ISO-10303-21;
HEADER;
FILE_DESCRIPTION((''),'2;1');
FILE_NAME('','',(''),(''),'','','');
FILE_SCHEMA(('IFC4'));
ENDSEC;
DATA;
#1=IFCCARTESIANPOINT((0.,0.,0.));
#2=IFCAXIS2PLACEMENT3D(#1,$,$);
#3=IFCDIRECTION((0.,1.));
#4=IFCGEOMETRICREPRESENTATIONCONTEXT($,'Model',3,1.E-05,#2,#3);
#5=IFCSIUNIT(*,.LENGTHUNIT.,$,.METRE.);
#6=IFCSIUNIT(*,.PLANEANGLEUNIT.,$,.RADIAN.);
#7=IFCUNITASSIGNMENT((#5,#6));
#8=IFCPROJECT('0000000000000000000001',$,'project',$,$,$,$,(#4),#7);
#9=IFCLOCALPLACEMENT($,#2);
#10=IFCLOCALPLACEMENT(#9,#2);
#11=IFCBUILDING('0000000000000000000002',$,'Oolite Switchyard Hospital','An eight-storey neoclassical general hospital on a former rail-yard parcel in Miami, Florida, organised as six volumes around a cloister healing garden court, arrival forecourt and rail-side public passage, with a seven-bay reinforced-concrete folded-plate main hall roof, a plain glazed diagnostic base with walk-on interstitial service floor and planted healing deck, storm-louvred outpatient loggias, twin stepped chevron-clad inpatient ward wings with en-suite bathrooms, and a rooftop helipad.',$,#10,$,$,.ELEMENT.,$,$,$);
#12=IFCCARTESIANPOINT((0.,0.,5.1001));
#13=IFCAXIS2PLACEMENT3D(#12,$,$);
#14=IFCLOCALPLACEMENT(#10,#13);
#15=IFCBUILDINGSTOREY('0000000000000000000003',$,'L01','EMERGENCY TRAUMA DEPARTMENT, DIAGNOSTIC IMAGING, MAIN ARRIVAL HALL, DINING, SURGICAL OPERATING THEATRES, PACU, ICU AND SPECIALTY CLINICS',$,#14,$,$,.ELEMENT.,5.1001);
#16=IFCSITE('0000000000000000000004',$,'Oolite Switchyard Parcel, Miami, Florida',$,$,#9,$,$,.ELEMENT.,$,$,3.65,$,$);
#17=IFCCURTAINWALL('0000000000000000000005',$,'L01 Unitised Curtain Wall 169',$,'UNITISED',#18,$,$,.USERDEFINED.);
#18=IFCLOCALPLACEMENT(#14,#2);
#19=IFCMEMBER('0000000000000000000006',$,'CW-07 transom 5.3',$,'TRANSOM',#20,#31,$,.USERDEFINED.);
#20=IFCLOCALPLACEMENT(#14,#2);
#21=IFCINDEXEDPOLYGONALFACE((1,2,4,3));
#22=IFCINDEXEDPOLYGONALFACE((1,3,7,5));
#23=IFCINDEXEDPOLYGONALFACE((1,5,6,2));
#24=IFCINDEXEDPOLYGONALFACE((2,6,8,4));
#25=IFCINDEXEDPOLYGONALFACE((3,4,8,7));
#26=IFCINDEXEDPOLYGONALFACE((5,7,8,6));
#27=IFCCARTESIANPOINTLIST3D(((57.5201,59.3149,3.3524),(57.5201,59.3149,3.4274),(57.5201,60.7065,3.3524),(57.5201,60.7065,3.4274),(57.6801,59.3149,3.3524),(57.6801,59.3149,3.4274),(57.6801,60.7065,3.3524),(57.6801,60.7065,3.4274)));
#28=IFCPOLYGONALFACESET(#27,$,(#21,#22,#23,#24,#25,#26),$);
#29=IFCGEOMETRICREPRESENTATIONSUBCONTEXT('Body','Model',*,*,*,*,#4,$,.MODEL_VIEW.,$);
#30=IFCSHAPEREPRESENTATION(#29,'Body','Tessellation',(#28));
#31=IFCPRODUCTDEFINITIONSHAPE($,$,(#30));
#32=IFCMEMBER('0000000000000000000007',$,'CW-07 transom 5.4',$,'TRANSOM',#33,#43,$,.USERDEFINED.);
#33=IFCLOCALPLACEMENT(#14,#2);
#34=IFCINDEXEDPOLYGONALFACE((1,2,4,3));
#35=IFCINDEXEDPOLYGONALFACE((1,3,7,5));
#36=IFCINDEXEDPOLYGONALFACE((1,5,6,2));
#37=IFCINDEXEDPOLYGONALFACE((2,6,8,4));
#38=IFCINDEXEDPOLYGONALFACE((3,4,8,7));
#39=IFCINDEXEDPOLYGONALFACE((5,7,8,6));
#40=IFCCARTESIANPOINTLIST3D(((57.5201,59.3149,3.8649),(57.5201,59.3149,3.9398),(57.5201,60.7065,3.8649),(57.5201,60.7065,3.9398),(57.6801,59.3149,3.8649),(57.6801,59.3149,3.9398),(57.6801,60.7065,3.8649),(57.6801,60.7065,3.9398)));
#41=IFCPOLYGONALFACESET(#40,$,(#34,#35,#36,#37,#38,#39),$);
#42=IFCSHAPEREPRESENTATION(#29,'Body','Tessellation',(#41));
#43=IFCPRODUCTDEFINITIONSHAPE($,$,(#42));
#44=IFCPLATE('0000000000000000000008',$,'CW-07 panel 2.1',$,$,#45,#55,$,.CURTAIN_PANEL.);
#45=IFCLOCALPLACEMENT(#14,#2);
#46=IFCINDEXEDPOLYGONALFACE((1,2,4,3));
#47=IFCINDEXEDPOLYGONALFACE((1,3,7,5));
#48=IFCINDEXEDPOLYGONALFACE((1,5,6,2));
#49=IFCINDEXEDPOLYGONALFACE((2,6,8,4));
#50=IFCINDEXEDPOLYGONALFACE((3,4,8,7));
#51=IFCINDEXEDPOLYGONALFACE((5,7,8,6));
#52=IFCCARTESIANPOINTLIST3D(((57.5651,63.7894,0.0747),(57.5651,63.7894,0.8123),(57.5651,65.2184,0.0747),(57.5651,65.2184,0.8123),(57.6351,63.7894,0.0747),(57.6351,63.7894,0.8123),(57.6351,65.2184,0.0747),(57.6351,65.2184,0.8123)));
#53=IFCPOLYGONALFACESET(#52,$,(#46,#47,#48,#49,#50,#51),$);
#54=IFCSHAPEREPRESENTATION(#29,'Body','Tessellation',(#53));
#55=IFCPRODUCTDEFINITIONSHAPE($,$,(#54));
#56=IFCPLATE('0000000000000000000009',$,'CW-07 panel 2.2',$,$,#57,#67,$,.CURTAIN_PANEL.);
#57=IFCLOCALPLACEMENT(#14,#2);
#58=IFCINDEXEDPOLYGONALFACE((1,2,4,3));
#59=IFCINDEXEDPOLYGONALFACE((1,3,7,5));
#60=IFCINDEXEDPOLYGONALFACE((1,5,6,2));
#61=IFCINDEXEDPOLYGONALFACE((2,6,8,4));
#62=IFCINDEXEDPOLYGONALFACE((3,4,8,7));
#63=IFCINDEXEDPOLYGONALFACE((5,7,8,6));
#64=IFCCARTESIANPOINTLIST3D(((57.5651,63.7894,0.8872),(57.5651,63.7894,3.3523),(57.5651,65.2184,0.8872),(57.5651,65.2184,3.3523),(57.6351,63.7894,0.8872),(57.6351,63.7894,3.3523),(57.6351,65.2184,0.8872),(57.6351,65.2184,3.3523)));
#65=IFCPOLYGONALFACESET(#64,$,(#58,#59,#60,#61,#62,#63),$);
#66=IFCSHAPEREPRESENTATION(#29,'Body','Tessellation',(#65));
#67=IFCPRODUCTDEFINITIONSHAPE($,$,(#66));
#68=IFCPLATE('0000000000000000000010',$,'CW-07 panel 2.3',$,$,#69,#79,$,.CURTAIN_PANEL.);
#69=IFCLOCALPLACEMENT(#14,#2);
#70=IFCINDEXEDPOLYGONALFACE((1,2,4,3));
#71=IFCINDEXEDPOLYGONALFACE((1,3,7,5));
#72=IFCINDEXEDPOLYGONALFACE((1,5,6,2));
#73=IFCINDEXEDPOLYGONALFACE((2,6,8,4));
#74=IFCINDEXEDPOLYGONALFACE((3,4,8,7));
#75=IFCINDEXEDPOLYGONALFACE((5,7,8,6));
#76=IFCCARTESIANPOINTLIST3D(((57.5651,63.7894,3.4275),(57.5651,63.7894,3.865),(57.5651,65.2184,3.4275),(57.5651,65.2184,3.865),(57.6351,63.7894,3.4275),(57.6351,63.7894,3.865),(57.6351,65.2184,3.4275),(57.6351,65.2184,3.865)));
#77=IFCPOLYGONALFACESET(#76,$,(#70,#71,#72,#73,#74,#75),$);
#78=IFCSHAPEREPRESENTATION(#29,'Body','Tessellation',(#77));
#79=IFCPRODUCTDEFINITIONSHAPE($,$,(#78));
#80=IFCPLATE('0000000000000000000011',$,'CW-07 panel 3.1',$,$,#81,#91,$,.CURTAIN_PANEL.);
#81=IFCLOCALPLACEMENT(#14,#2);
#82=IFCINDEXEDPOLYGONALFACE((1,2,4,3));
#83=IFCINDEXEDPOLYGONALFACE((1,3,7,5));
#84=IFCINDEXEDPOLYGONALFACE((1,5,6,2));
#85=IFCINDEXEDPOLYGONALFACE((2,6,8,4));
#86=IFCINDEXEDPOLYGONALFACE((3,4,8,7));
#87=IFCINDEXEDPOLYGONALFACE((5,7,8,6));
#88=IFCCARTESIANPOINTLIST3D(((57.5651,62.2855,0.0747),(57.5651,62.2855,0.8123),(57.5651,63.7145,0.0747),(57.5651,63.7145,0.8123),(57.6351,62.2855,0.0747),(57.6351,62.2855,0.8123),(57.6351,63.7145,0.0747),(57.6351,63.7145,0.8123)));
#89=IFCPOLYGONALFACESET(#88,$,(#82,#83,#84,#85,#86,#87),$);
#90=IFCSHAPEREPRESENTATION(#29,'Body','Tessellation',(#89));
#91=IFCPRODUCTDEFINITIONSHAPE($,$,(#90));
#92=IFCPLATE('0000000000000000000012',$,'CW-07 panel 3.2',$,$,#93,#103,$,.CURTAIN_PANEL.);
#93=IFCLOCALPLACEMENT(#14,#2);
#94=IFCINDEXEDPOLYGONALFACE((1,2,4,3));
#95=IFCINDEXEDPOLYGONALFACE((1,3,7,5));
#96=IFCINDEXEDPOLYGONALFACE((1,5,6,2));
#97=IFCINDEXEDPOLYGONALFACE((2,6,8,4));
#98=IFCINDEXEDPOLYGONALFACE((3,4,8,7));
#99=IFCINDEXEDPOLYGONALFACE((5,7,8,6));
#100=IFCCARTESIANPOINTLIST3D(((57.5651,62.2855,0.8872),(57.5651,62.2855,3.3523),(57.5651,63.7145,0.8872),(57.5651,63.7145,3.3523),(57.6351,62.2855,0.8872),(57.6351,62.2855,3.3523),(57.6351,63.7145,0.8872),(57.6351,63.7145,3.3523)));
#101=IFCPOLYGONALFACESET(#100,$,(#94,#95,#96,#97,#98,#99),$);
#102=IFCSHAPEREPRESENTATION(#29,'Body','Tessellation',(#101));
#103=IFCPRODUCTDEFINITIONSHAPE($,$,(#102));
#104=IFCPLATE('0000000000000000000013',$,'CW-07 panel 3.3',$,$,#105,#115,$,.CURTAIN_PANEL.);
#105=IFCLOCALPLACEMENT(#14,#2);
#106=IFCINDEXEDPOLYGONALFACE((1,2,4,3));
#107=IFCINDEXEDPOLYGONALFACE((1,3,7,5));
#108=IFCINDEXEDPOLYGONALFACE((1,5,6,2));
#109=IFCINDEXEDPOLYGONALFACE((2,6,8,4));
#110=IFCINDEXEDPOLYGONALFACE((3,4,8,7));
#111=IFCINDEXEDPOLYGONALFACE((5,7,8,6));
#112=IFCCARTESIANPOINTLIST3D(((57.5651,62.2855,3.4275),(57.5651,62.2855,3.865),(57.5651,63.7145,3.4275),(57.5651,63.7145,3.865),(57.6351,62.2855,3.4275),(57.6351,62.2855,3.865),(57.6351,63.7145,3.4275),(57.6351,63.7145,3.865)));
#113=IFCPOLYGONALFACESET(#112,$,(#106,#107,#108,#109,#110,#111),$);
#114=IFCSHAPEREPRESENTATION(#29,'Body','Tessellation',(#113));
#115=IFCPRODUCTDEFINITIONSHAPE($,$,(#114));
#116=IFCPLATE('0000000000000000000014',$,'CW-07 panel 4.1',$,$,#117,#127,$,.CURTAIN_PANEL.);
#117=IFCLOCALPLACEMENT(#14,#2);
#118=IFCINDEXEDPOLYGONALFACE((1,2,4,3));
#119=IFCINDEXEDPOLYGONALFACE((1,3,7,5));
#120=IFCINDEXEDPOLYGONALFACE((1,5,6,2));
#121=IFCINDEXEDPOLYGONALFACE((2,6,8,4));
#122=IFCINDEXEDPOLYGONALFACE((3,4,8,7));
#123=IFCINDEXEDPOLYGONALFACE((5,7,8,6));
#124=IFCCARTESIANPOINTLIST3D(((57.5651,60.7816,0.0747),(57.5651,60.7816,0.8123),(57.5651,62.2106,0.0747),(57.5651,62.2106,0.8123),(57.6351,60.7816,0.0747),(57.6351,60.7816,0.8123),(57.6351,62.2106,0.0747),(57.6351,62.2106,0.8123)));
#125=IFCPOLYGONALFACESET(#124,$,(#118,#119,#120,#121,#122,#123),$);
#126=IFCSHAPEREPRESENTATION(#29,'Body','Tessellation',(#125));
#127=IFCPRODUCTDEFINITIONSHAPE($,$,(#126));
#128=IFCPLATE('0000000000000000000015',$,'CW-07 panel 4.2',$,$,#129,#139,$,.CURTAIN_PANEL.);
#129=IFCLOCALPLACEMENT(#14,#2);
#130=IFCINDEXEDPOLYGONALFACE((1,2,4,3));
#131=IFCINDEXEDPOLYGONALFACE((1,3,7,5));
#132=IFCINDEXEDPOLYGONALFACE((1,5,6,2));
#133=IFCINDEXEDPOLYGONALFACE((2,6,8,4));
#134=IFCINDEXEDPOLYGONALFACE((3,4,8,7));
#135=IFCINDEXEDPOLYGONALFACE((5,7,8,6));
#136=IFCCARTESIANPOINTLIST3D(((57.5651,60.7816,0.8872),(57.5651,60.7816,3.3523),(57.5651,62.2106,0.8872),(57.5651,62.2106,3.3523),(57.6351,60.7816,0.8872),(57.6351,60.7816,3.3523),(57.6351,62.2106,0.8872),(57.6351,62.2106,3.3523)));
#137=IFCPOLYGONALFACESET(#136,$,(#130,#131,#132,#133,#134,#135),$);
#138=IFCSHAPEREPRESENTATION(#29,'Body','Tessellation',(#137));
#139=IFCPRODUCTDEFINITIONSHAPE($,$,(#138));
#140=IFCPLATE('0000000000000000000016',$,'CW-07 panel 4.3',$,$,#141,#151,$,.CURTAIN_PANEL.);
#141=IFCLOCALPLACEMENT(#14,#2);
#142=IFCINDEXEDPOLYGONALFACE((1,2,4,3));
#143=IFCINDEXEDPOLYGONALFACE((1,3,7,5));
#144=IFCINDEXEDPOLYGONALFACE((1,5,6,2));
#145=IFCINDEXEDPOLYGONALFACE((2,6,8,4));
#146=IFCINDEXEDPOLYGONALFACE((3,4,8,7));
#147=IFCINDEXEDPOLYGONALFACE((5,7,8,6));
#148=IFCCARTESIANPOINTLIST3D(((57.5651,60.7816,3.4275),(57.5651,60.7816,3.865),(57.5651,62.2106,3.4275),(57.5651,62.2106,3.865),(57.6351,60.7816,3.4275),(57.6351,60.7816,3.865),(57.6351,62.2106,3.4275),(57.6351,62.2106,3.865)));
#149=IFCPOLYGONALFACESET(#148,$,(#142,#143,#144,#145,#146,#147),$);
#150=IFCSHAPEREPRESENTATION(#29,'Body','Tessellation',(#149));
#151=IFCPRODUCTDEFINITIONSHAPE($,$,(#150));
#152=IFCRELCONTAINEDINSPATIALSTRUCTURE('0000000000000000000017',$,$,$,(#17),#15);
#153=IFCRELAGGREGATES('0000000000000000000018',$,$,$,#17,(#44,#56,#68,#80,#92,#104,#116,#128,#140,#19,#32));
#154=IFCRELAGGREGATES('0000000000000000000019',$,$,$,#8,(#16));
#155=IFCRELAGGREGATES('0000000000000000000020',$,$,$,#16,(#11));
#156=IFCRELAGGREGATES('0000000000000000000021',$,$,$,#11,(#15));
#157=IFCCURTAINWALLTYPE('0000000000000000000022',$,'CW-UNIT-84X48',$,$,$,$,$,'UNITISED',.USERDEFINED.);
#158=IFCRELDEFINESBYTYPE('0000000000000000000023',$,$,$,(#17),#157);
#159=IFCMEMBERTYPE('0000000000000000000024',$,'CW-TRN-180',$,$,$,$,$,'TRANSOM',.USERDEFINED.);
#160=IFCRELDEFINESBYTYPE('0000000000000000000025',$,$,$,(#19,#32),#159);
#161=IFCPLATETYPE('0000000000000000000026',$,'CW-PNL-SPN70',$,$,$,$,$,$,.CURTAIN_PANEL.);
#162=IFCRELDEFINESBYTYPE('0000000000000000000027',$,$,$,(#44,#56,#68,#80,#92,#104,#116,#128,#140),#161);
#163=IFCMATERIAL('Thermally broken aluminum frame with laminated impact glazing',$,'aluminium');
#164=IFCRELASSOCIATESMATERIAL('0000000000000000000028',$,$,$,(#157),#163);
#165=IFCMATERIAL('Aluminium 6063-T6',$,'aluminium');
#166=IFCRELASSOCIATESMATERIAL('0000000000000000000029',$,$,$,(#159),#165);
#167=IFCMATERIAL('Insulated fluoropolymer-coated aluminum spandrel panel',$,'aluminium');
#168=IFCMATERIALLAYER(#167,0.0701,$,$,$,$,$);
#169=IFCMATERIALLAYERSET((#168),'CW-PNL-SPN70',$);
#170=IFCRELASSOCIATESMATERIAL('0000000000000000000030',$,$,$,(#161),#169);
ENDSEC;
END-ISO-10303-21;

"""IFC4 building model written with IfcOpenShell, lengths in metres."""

from ifc_helpers import new_model, si_unit, direction, frame, origin, origin_2d, place, context, subcontext, project, spatial, rectangle, extrude, material, layer, layer_set, material_profile, profile_set, type_object, element, aggregate, save


model = new_model("IFC4")

# Units and contexts
model_context = context("Model", 3, precision=1e-05, world=origin(), true_north=direction((0.0, 1.0)))
body_context = subcontext(model_context, "Body", "Model", "MODEL_VIEW")
ifc_project = project(units=[si_unit("LENGTHUNIT", "METRE"), si_unit("PLANEANGLEUNIT", "RADIAN")], contexts=[model_context])

# Site, building, storey
site_placement = place(None, origin())
site = spatial("IfcSite", under=ifc_project, at=site_placement, Name="Oolite Switchyard Parcel, Miami, Florida", CompositionType="ELEMENT", RefElevation=3.65)
building_placement = place(site_placement, origin())
building = spatial("IfcBuilding", under=site, at=building_placement, Name="Oolite Switchyard Hospital", Description="An eight-storey neoclassical general hospital on a former rail-yard parcel in Miami, Florida, organised as six volumes around a cloister healing garden court, arrival forecourt and rail-side public passage, with a seven-bay reinforced-concrete folded-plate main hall roof, a plain glazed diagnostic base with walk-on interstitial service floor and planted healing deck, storm-louvred outpatient loggias, twin stepped chevron-clad inpatient ward wings with en-suite bathrooms, and a rooftop helipad.", CompositionType="ELEMENT")
storey_placement = place(building_placement, frame((0.0, 0.0, 5.1001)))
storey = spatial("IfcBuildingStorey", under=building, at=storey_placement, Name="L01", Description="EMERGENCY TRAUMA DEPARTMENT, DIAGNOSTIC IMAGING, MAIN ARRIVAL HALL, DINING, SURGICAL OPERATING THEATRES, PACU, ICU AND SPECIALTY CLINICS", CompositionType="ELEMENT", Elevation=5.1001)

# Curtain wall, members, plates
ifc_material_1 = material(Name="Thermally broken aluminum frame with laminated impact glazing", Category="aluminium")
curtain_wall_type = type_object("IfcCurtainWallType", Name="CW-UNIT-84X48", ElementType="UNITISED", PredefinedType="USERDEFINED", material=ifc_material_1)
curtain_wall_placement = place(storey_placement, origin())
curtain_wall = element("IfcCurtainWall", 1, at=curtain_wall_placement, inside=storey, type_object=curtain_wall_type, Name="L01 Unitised Curtain Wall 169", ObjectType="UNITISED", PredefinedType="USERDEFINED")
ifc_material_2 = material(Name="Aluminium 6063-T6", Category="aluminium")
ifc_material_profile_1 = material_profile(ifc_material_2, rectangle(XDim=0.1599, YDim=0.075, at=origin_2d()), Name="CWT75X160")
ifc_profile_set_1 = profile_set([ifc_material_profile_1], Name="Aluminium 6063-T6")
member_type_1 = type_object("IfcMemberType", Name="CW-TRN-180", ElementType="TRANSOM", PredefinedType="USERDEFINED", material=ifc_profile_set_1)
member_1_placement = place(storey_placement, frame((57.6001, 60.7065, 3.3899), z_axis=(0.0, -1.0, 0.0), x_axis=(1.0, 0.0, 0.0)))
member_1 = element("IfcMember", 2, at=member_1_placement, type_object=member_type_1, Name="CW-07 transom 5.3", ObjectType="TRANSOM", PredefinedType="USERDEFINED", context=body_context, shape_type="SweptSolid", body=[
    extrude(rectangle(XDim=0.1599, YDim=0.075, at=origin_2d()), origin(), (0.0, 0.0, 1.0), 1.3916),
])
member_2_placement = place(storey_placement, frame((57.6001, 60.7065, 3.9023), z_axis=(0.0, -1.0, 0.0), x_axis=(1.0, 0.0, 0.0)))
member_2 = element("IfcMember", 3, at=member_2_placement, type_object=member_type_1, Name="CW-07 transom 5.4", ObjectType="TRANSOM", PredefinedType="USERDEFINED", context=body_context, shape_type="SweptSolid", body=[
    extrude(rectangle(XDim=0.1599, YDim=0.075, at=origin_2d()), origin(), (0.0, 0.0, 1.0), 1.3916),
])
ifc_material_3 = material(Name="Insulated fluoropolymer-coated aluminum spandrel panel", Category="aluminium")
ifc_layer = layer(ifc_material_3, 0.0701)
ifc_layer_set = layer_set([ifc_layer], Name="CW-PNL-SPN70")
plate_type = type_object("IfcPlateType", Name="CW-PNL-SPN70", PredefinedType="CURTAIN_PANEL", material=ifc_layer_set)
plate_1_placement = place(storey_placement, frame((57.6001, 64.5039, 0.0747), z_axis=(0.0, 0.0, 1.0), x_axis=(0.0, -1.0, 0.0)))
plate_1 = element("IfcPlate", 4, at=plate_1_placement, type_object=plate_type, Name="CW-07 panel 2.1", PredefinedType="CURTAIN_PANEL", context=body_context, shape_type="SweptSolid", body=[
    extrude(rectangle(XDim=1.429, YDim=0.0701, at=origin_2d()), origin(), (0.0, 0.0, 1.0), 0.7375),
])
plate_2_placement = place(storey_placement, frame((57.6001, 64.5039, 0.8872), z_axis=(0.0, 0.0, 1.0), x_axis=(0.0, -1.0, 0.0)))
plate_2 = element("IfcPlate", 5, at=plate_2_placement, type_object=plate_type, Name="CW-07 panel 2.2", PredefinedType="CURTAIN_PANEL", context=body_context, shape_type="SweptSolid", body=[
    extrude(rectangle(XDim=1.429, YDim=0.0701, at=origin_2d()), origin(), (0.0, 0.0, 1.0), 2.4651),
])
plate_3_placement = place(storey_placement, frame((57.6001, 64.5039, 3.4275), z_axis=(0.0, 0.0, 1.0), x_axis=(0.0, -1.0, 0.0)))
plate_3 = element("IfcPlate", 6, at=plate_3_placement, type_object=plate_type, Name="CW-07 panel 2.3", PredefinedType="CURTAIN_PANEL", context=body_context, shape_type="SweptSolid", body=[
    extrude(rectangle(XDim=1.429, YDim=0.0701, at=origin_2d()), origin(), (0.0, 0.0, 1.0), 0.4375),
])
plate_4_placement = place(storey_placement, frame((57.6001, 63.0, 0.0747), z_axis=(0.0, 0.0, 1.0), x_axis=(0.0, -1.0, 0.0)))
plate_4 = element("IfcPlate", 7, at=plate_4_placement, type_object=plate_type, Name="CW-07 panel 3.1", PredefinedType="CURTAIN_PANEL", context=body_context, shape_type="SweptSolid", body=[
    extrude(rectangle(XDim=1.429, YDim=0.0701, at=origin_2d()), origin(), (0.0, 0.0, 1.0), 0.7375),
])
plate_5_placement = place(storey_placement, frame((57.6001, 63.0, 0.8872), z_axis=(0.0, 0.0, 1.0), x_axis=(0.0, -1.0, 0.0)))
plate_5 = element("IfcPlate", 8, at=plate_5_placement, type_object=plate_type, Name="CW-07 panel 3.2", PredefinedType="CURTAIN_PANEL", context=body_context, shape_type="SweptSolid", body=[
    extrude(rectangle(XDim=1.429, YDim=0.0701, at=origin_2d()), origin(), (0.0, 0.0, 1.0), 2.4651),
])
plate_6_placement = place(storey_placement, frame((57.6001, 63.0, 3.4275), z_axis=(0.0, 0.0, 1.0), x_axis=(0.0, -1.0, 0.0)))
plate_6 = element("IfcPlate", 9, at=plate_6_placement, type_object=plate_type, Name="CW-07 panel 3.3", PredefinedType="CURTAIN_PANEL", context=body_context, shape_type="SweptSolid", body=[
    extrude(rectangle(XDim=1.429, YDim=0.0701, at=origin_2d()), origin(), (0.0, 0.0, 1.0), 0.4375),
])
plate_7_placement = place(storey_placement, frame((57.6001, 61.4961, 0.0747), z_axis=(0.0, 0.0, 1.0), x_axis=(0.0, -1.0, 0.0)))
plate_7 = element("IfcPlate", 10, at=plate_7_placement, type_object=plate_type, Name="CW-07 panel 4.1", PredefinedType="CURTAIN_PANEL", context=body_context, shape_type="SweptSolid", body=[
    extrude(rectangle(XDim=1.429, YDim=0.0701, at=origin_2d()), origin(), (0.0, 0.0, 1.0), 0.7375),
])
plate_8_placement = place(storey_placement, frame((57.6001, 61.4961, 0.8872), z_axis=(0.0, 0.0, 1.0), x_axis=(0.0, -1.0, 0.0)))
plate_8 = element("IfcPlate", 11, at=plate_8_placement, type_object=plate_type, Name="CW-07 panel 4.2", PredefinedType="CURTAIN_PANEL", context=body_context, shape_type="SweptSolid", body=[
    extrude(rectangle(XDim=1.429, YDim=0.0701, at=origin_2d()), origin(), (0.0, 0.0, 1.0), 2.4651),
])
plate_9_placement = place(storey_placement, frame((57.6001, 61.4961, 3.4275), z_axis=(0.0, 0.0, 1.0), x_axis=(0.0, -1.0, 0.0)))
plate_9 = element("IfcPlate", 12, at=plate_9_placement, type_object=plate_type, Name="CW-07 panel 4.3", PredefinedType="CURTAIN_PANEL", context=body_context, shape_type="SweptSolid", body=[
    extrude(rectangle(XDim=1.429, YDim=0.0701, at=origin_2d()), origin(), (0.0, 0.0, 1.0), 0.4375),
])
aggregate(curtain_wall, [plate_1, plate_2, plate_3, plate_4, plate_5, plate_6, plate_7, plate_8, plate_9, member_1, member_2])

save(model, "model.ifc")
